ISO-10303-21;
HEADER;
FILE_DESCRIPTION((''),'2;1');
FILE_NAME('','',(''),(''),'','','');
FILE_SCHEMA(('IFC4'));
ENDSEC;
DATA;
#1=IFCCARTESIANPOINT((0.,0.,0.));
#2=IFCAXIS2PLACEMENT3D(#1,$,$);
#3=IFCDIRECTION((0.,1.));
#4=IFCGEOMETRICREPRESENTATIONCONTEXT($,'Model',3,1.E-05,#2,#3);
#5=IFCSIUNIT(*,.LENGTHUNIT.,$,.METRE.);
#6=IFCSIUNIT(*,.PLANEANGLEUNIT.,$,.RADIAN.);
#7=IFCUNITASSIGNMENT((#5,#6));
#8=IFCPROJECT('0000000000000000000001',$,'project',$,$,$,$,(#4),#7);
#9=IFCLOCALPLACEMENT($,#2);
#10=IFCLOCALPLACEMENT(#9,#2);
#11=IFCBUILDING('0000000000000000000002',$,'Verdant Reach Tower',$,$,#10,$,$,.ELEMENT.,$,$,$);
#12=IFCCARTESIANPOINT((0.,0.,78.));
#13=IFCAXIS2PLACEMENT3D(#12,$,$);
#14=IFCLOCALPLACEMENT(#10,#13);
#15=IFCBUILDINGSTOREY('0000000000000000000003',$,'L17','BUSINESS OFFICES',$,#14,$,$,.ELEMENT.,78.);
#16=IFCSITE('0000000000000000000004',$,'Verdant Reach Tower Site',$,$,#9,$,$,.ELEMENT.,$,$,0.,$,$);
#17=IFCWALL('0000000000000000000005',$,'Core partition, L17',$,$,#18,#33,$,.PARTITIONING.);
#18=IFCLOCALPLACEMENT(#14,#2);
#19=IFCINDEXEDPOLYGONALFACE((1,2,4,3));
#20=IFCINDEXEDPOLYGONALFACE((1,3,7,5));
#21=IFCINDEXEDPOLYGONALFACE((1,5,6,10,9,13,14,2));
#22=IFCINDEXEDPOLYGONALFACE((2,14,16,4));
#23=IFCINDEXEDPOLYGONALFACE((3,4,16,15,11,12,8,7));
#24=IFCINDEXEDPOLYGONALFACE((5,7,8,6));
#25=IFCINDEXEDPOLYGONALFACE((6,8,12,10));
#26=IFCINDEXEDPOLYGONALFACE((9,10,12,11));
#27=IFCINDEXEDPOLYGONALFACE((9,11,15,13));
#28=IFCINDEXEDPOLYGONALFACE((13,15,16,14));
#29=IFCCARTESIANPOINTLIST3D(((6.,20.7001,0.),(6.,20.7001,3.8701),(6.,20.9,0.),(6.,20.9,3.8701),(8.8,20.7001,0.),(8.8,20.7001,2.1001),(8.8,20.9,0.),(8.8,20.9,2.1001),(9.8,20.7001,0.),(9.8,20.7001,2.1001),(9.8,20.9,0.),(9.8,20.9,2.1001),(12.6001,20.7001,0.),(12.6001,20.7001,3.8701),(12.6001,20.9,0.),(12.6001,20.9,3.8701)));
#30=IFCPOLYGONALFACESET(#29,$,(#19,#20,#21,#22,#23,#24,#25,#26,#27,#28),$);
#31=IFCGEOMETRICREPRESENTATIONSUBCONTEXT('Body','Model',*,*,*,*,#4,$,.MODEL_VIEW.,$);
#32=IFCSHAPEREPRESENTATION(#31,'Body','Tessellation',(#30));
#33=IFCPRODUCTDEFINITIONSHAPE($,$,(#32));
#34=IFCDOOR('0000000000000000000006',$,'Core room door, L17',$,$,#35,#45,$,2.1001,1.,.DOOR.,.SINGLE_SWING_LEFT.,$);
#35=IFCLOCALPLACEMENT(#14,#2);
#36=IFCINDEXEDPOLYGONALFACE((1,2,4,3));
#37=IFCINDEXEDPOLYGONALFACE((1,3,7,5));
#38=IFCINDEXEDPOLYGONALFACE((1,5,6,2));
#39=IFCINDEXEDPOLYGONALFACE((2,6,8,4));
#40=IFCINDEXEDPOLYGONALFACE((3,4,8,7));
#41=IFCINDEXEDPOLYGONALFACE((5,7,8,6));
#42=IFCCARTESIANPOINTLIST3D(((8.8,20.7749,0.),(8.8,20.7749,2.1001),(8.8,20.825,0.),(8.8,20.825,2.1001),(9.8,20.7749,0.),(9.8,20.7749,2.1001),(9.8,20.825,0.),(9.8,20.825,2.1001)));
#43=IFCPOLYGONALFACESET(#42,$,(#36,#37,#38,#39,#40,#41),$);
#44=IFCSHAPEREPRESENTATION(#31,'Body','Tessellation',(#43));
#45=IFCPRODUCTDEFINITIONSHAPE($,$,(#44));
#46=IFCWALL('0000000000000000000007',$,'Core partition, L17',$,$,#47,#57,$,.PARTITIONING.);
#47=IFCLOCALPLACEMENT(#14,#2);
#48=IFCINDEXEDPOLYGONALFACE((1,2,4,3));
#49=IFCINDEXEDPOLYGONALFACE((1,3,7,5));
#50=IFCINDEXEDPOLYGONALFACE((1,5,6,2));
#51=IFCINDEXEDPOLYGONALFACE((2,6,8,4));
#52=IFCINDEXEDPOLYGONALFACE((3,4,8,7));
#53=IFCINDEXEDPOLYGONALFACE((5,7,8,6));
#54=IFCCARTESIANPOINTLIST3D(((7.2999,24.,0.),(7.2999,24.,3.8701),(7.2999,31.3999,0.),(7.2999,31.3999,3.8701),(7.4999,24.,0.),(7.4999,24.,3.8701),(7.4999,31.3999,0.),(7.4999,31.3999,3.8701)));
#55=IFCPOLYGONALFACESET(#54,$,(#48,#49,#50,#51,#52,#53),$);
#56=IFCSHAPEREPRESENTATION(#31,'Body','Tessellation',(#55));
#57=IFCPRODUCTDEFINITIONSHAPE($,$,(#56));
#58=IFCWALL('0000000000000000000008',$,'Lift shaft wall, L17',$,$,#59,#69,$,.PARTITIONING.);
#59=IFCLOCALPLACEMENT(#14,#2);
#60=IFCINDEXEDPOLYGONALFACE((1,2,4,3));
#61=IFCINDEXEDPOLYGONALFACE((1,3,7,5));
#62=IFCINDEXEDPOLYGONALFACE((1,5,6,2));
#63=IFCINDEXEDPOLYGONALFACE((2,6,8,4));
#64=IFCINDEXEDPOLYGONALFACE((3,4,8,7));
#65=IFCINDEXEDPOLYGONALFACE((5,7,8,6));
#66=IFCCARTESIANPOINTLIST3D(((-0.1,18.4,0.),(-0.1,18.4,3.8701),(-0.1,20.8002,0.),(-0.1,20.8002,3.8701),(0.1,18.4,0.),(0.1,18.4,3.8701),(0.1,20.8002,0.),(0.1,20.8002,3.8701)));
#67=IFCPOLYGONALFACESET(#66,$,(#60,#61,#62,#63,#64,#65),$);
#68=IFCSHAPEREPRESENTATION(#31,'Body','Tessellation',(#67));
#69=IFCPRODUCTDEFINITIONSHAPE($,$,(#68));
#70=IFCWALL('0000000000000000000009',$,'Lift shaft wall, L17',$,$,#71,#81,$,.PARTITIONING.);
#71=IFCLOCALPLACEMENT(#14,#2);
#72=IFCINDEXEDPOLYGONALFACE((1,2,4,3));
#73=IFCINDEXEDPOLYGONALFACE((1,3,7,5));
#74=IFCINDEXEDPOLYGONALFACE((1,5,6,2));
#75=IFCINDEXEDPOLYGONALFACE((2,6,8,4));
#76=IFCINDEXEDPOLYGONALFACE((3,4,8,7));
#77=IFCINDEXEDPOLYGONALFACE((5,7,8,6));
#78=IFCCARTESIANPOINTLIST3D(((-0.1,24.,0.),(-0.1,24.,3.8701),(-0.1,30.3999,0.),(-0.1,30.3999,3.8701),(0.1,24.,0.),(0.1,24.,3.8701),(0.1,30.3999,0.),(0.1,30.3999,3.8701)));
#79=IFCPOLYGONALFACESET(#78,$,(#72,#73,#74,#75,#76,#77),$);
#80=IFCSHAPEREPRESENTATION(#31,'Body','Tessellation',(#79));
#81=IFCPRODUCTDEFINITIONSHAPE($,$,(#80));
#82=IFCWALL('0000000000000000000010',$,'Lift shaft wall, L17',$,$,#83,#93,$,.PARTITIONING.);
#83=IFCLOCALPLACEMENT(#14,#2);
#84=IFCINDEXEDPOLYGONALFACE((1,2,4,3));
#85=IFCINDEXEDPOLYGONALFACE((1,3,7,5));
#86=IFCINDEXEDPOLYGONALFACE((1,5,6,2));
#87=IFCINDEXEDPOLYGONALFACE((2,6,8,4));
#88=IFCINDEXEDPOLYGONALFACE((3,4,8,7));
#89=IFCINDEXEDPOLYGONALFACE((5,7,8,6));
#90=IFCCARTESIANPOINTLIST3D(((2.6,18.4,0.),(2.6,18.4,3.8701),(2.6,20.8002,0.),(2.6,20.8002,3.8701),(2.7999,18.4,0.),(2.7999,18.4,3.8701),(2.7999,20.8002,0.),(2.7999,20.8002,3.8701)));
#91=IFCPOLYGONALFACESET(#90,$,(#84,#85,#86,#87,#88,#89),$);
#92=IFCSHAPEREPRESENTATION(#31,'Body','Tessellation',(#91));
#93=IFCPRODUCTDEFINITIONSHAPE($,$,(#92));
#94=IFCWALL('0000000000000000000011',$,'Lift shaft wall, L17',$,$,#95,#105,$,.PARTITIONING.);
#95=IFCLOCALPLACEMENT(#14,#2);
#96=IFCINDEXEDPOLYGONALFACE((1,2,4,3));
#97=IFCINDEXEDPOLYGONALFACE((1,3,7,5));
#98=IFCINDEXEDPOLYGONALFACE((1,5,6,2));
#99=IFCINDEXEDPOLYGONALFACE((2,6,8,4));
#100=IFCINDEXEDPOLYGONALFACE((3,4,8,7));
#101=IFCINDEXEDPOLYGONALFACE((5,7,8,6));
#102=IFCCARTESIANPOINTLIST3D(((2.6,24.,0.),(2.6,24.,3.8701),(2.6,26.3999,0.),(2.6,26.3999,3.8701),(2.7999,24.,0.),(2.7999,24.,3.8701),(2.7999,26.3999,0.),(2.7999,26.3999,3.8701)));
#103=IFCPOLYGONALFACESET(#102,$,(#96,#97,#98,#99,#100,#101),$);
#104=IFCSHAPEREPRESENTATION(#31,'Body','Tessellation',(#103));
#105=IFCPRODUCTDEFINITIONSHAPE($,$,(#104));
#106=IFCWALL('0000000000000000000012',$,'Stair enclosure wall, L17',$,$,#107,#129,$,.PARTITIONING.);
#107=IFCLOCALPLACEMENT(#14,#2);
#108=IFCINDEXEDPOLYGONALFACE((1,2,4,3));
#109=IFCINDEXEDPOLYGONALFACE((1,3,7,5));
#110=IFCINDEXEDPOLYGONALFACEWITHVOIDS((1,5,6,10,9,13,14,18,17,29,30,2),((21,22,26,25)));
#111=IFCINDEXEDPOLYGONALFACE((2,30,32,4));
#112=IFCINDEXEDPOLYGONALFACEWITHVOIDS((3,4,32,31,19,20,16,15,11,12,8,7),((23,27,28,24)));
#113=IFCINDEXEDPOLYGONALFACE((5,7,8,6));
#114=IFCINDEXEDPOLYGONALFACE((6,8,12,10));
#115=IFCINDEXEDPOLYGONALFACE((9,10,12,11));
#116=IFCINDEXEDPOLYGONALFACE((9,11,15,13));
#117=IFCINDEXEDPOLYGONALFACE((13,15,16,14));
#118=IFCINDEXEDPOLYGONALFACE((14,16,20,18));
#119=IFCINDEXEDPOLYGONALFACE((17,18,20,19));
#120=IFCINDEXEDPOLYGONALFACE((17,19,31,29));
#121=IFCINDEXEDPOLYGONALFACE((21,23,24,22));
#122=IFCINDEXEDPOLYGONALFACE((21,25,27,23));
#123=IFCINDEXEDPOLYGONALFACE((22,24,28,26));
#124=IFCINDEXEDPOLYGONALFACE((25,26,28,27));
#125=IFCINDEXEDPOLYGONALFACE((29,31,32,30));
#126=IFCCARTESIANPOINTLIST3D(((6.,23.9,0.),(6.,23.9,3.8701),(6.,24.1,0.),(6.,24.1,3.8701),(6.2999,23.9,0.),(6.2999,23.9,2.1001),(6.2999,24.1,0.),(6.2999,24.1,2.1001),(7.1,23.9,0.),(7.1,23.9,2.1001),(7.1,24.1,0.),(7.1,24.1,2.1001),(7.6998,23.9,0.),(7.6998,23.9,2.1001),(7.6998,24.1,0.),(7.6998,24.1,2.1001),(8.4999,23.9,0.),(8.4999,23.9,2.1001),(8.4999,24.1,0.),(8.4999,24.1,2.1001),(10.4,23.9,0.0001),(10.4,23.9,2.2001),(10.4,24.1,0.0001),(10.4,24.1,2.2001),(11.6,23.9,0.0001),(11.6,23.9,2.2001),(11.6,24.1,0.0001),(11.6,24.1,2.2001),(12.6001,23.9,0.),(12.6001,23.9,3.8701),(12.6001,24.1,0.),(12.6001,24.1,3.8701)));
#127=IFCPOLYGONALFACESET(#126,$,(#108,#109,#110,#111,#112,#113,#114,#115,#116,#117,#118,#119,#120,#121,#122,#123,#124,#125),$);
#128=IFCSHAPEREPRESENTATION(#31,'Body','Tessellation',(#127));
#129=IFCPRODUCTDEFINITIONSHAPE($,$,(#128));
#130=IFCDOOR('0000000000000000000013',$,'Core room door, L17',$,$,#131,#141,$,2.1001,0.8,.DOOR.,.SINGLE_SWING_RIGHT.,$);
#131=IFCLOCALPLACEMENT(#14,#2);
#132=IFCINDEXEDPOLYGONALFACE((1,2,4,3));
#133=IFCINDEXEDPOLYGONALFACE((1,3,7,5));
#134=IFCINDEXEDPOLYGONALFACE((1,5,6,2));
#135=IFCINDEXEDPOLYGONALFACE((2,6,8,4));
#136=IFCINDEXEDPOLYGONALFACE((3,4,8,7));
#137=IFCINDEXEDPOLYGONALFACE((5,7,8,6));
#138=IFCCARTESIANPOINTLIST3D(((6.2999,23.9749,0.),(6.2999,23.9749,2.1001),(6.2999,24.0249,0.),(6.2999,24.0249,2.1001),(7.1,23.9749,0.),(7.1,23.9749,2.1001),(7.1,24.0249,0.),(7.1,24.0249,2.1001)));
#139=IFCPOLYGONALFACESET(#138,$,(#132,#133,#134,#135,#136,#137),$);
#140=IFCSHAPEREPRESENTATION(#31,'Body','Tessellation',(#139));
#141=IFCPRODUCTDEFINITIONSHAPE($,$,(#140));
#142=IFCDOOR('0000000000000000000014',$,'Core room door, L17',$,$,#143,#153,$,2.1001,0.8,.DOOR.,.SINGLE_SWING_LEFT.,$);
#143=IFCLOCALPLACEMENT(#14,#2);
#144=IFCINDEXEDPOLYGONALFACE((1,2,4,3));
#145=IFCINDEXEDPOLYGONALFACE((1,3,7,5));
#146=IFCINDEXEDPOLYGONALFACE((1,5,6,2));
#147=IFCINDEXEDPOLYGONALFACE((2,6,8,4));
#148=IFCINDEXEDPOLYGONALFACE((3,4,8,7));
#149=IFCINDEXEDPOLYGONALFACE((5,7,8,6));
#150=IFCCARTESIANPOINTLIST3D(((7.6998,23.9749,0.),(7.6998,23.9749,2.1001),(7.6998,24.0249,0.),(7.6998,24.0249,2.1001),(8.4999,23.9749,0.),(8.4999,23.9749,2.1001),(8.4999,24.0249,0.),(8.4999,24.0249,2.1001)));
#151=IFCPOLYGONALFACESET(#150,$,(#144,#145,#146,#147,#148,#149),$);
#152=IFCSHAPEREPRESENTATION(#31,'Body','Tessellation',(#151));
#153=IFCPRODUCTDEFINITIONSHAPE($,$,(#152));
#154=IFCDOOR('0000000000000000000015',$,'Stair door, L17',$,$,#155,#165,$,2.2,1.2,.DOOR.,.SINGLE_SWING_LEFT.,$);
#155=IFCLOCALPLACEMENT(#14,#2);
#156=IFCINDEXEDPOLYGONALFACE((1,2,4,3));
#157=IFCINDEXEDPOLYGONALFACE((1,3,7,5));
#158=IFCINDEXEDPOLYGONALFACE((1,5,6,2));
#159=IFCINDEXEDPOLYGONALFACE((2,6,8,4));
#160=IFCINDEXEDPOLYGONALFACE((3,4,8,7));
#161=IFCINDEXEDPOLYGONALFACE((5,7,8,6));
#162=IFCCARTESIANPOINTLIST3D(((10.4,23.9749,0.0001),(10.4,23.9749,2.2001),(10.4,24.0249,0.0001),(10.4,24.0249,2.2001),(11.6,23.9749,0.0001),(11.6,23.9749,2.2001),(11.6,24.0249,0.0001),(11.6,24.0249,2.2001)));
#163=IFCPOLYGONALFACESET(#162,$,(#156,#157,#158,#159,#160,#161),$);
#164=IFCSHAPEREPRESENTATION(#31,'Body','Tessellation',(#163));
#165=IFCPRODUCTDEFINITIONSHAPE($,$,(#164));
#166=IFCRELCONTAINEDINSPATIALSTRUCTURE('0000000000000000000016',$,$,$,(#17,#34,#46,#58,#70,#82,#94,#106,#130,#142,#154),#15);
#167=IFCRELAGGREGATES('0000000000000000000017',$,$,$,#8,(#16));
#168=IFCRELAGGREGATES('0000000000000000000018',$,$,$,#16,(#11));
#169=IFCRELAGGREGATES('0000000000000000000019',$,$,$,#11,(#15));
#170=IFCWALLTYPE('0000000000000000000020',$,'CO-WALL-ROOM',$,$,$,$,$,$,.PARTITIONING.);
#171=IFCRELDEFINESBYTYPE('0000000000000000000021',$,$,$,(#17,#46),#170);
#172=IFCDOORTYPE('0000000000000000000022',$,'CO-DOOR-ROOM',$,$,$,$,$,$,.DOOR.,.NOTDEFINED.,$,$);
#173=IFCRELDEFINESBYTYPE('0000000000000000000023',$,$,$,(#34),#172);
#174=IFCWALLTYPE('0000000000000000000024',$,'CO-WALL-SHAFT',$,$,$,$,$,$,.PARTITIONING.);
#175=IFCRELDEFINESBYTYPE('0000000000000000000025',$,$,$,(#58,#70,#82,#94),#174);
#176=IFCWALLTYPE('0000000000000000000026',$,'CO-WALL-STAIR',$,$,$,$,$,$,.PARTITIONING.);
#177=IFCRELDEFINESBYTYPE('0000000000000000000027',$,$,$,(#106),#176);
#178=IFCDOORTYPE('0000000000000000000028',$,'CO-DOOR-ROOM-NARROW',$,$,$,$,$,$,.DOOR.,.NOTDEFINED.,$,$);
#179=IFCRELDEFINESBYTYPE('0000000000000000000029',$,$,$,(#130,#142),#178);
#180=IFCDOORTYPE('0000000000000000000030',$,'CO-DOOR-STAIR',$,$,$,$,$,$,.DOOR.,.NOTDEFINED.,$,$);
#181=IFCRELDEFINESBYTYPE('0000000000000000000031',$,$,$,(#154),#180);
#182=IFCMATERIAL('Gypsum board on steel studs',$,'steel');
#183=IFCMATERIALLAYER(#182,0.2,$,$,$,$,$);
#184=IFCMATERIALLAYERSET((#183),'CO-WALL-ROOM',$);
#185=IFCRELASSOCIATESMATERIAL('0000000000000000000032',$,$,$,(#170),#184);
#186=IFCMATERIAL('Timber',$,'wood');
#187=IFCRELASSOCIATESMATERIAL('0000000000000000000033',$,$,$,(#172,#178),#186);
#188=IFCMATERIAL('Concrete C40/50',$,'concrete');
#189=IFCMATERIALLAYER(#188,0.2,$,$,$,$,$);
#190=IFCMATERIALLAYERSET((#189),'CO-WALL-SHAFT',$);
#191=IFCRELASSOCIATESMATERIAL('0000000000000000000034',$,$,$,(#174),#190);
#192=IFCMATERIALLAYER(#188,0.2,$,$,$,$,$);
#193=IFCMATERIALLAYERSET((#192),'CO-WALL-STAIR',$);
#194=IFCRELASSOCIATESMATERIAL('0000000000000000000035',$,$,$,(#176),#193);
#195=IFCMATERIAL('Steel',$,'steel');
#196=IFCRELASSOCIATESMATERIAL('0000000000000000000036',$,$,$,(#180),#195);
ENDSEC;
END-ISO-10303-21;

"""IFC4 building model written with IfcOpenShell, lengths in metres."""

from ifc_helpers import new_model, si_unit, direction, frame, frame_2d, origin, place, context, subcontext, project, spatial, rectangle, extrude, material, layer, layer_set, type_object, element, fill, save


model = new_model("IFC4")

# Units and contexts
model_context = context("Model", 3, precision=1e-05, world=origin(), true_north=direction((0.0, 1.0)))
body_context = subcontext(model_context, "Body", "Model", "MODEL_VIEW")
ifc_project = project(units=[si_unit("LENGTHUNIT", "METRE"), si_unit("PLANEANGLEUNIT", "RADIAN")], contexts=[model_context])

# Site, building, storey
site_placement = place(None, origin())
site = spatial("IfcSite", under=ifc_project, at=site_placement, Name="Verdant Reach Tower Site", CompositionType="ELEMENT", RefElevation=0.0)
building_placement = place(site_placement, origin())
building = spatial("IfcBuilding", under=site, at=building_placement, Name="Verdant Reach Tower", CompositionType="ELEMENT")
storey_placement = place(building_placement, frame((0.0, 0.0, 78.0)))
storey = spatial("IfcBuildingStorey", under=building, at=storey_placement, Name="L17", Description="BUSINESS OFFICES", CompositionType="ELEMENT", Elevation=78.0)

# Wall, opening, door
ifc_material_1 = material(Name="Gypsum board on steel studs", Category="steel")
ifc_layer_1 = layer(ifc_material_1, 0.2)
ifc_layer_set_1 = layer_set([ifc_layer_1], Name="CO-WALL-ROOM")
wall_type_1 = type_object("IfcWallType", Name="CO-WALL-ROOM", PredefinedType="PARTITIONING", material=ifc_layer_set_1)
wall_1_placement = place(storey_placement, frame((6.0, 20.8, 0.0), z_axis=(0.0, 0.0, 1.0), x_axis=(1.0, 0.0, 0.0)))
wall_1 = element("IfcWall", 1, at=wall_1_placement, inside=storey, type_object=wall_type_1, Name="Core partition, L17", PredefinedType="PARTITIONING", context=body_context, shape_type="SweptSolid", body=[
    extrude(rectangle(XDim=6.6001, YDim=0.2, at=frame_2d((3.3, 0.0))), origin(), (0.0, 0.0, 1.0), 3.8701),
])
opening_1_placement = place(wall_1_placement, frame((2.8, 0.0, 0.0)))
opening_1 = element("IfcOpeningElement", 2, at=opening_1_placement, cuts=wall_1, PredefinedType="OPENING", context=body_context, shape_type="SweptSolid", body=[
    extrude(rectangle(XDim=1.0, YDim=2.1001, at=frame_2d((0.5, 1.05))), frame((0.0, 0.1099, 0.0), z_axis=(0.0, -1.0, 0.0), x_axis=(1.0, 0.0, 0.0)), (0.0, 0.0, 1.0), 0.22),
])
ifc_material_2 = material(Name="Timber", Category="wood")
door_type_1 = type_object("IfcDoorType", Name="CO-DOOR-ROOM", OperationType="NOTDEFINED", PredefinedType="DOOR", material=ifc_material_2)
door_1_placement = place(opening_1_placement, origin())
door_1 = element("IfcDoor", 3, at=door_1_placement, inside=storey, type_object=door_type_1, Name="Core room door, L17", OperationType="SINGLE_SWING_LEFT", OverallHeight=2.1001, OverallWidth=1.0, PredefinedType="DOOR", context=body_context, shape_type="SweptSolid", body=[
    extrude(rectangle(XDim=1.0, YDim=2.1001, at=frame_2d((0.5, 1.05))), frame((0.0, 0.0249, 0.0), z_axis=(0.0, -1.0, 0.0), x_axis=(1.0, 0.0, 0.0)), (0.0, 0.0, 1.0), 0.05),
])
fill(opening_1, door_1)

# Walls
wall_2_placement = place(storey_placement, frame((7.3999, 24.0, 0.0), z_axis=(0.0, 0.0, 1.0), x_axis=(0.0, 1.0, 0.0)))
element("IfcWall", 4, at=wall_2_placement, inside=storey, type_object=wall_type_1, Name="Core partition, L17", PredefinedType="PARTITIONING", context=body_context, shape_type="SweptSolid", body=[
    extrude(rectangle(XDim=7.3999, YDim=0.2, at=frame_2d((3.7, 0.0))), origin(), (0.0, 0.0, 1.0), 3.8701),
])
ifc_material_3 = material(Name="Concrete C40/50", Category="concrete")
ifc_layer_2 = layer(ifc_material_3, 0.2)
ifc_layer_set_2 = layer_set([ifc_layer_2], Name="CO-WALL-SHAFT")
wall_type_2 = type_object("IfcWallType", Name="CO-WALL-SHAFT", PredefinedType="PARTITIONING", material=ifc_layer_set_2)
wall_3_placement = place(storey_placement, frame((0.0, 18.3999, 0.0), z_axis=(0.0, 0.0, 1.0), x_axis=(0.0, 1.0, 0.0)))
element("IfcWall", 5, at=wall_3_placement, inside=storey, type_object=wall_type_2, Name="Lift shaft wall, L17", PredefinedType="PARTITIONING", context=body_context, shape_type="SweptSolid", body=[
    extrude(rectangle(XDim=2.4001, YDim=0.2, at=frame_2d((1.2002, 0.0))), origin(), (0.0, 0.0, 1.0), 3.8701),
])
wall_4_placement = place(storey_placement, frame((0.0, 24.0, 0.0), z_axis=(0.0, 0.0, 1.0), x_axis=(0.0, 1.0, 0.0)))
element("IfcWall", 6, at=wall_4_placement, inside=storey, type_object=wall_type_2, Name="Lift shaft wall, L17", PredefinedType="PARTITIONING", context=body_context, shape_type="SweptSolid", body=[
    extrude(rectangle(XDim=6.3999, YDim=0.2, at=frame_2d((3.2, 0.0))), origin(), (0.0, 0.0, 1.0), 3.8701),
])
wall_5_placement = place(storey_placement, frame((2.7, 18.3999, 0.0), z_axis=(0.0, 0.0, 1.0), x_axis=(0.0, 1.0, 0.0)))
element("IfcWall", 7, at=wall_5_placement, inside=storey, type_object=wall_type_2, Name="Lift shaft wall, L17", PredefinedType="PARTITIONING", context=body_context, shape_type="SweptSolid", body=[
    extrude(rectangle(XDim=2.4001, YDim=0.2, at=frame_2d((1.2002, 0.0))), origin(), (0.0, 0.0, 1.0), 3.8701),
])
wall_6_placement = place(storey_placement, frame((2.7, 24.0, 0.0), z_axis=(0.0, 0.0, 1.0), x_axis=(0.0, 1.0, 0.0)))
element("IfcWall", 8, at=wall_6_placement, inside=storey, type_object=wall_type_2, Name="Lift shaft wall, L17", PredefinedType="PARTITIONING", context=body_context, shape_type="SweptSolid", body=[
    extrude(rectangle(XDim=2.3999, YDim=0.2, at=frame_2d((1.2, 0.0))), origin(), (0.0, 0.0, 1.0), 3.8701),
])

# Wall, openings, doors
ifc_layer_3 = layer(ifc_material_3, 0.2)
ifc_layer_set_3 = layer_set([ifc_layer_3], Name="CO-WALL-STAIR")
wall_type_3 = type_object("IfcWallType", Name="CO-WALL-STAIR", PredefinedType="PARTITIONING", material=ifc_layer_set_3)
wall_7_placement = place(storey_placement, frame((6.0, 24.0, 0.0), z_axis=(0.0, 0.0, 1.0), x_axis=(1.0, 0.0, 0.0)))
wall_7 = element("IfcWall", 9, at=wall_7_placement, inside=storey, type_object=wall_type_3, Name="Stair enclosure wall, L17", PredefinedType="PARTITIONING", context=body_context, shape_type="SweptSolid", body=[
    extrude(rectangle(XDim=6.6001, YDim=0.2, at=frame_2d((3.3, 0.0))), origin(), (0.0, 0.0, 1.0), 3.8701),
])
opening_2_placement = place(wall_7_placement, frame((0.3, 0.0, 0.0)))
opening_2 = element("IfcOpeningElement", 10, at=opening_2_placement, cuts=wall_7, PredefinedType="OPENING", context=body_context, shape_type="SweptSolid", body=[
    extrude(rectangle(XDim=0.8, YDim=2.1001, at=frame_2d((0.3999, 1.05))), frame((0.0, 0.1099, 0.0), z_axis=(0.0, -1.0, 0.0), x_axis=(1.0, 0.0, 0.0)), (0.0, 0.0, 1.0), 0.22),
])
opening_3_placement = place(wall_7_placement, frame((1.7, 0.0, 0.0)))
opening_3 = element("IfcOpeningElement", 11, at=opening_3_placement, cuts=wall_7, PredefinedType="OPENING", context=body_context, shape_type="SweptSolid", body=[
    extrude(rectangle(XDim=0.8, YDim=2.1001, at=frame_2d((0.3999, 1.05))), frame((0.0, 0.1099, 0.0), z_axis=(0.0, -1.0, 0.0), x_axis=(1.0, 0.0, 0.0)), (0.0, 0.0, 1.0), 0.22),
])
opening_4_placement = place(wall_7_placement, frame((4.3999, 0.0, 0.0)))
opening_4 = element("IfcOpeningElement", 12, at=opening_4_placement, cuts=wall_7, PredefinedType="OPENING", context=body_context, shape_type="SweptSolid", body=[
    extrude(rectangle(XDim=1.2, YDim=2.2, at=frame_2d((0.6001, 1.1001))), frame((0.0, 0.1099, 0.0), z_axis=(0.0, -1.0, 0.0), x_axis=(1.0, 0.0, 0.0)), (0.0, 0.0, 1.0), 0.22),
])
door_type_2 = type_object("IfcDoorType", Name="CO-DOOR-ROOM-NARROW", OperationType="NOTDEFINED", PredefinedType="DOOR", material=ifc_material_2)
door_2_placement = place(opening_2_placement, origin())
door_2 = element("IfcDoor", 13, at=door_2_placement, inside=storey, type_object=door_type_2, Name="Core room door, L17", OperationType="SINGLE_SWING_RIGHT", OverallHeight=2.1001, OverallWidth=0.8, PredefinedType="DOOR", context=body_context, shape_type="SweptSolid", body=[
    extrude(rectangle(XDim=0.8, YDim=2.1001, at=frame_2d((0.3999, 1.05))), frame((0.0, 0.0249, 0.0), z_axis=(0.0, -1.0, 0.0), x_axis=(1.0, 0.0, 0.0)), (0.0, 0.0, 1.0), 0.05),
])
fill(opening_2, door_2)
door_3_placement = place(opening_3_placement, origin())
door_3 = element("IfcDoor", 14, at=door_3_placement, inside=storey, type_object=door_type_2, Name="Core room door, L17", OperationType="SINGLE_SWING_LEFT", OverallHeight=2.1001, OverallWidth=0.8, PredefinedType="DOOR", context=body_context, shape_type="SweptSolid", body=[
    extrude(rectangle(XDim=0.8, YDim=2.1001, at=frame_2d((0.3999, 1.05))), frame((0.0, 0.0249, 0.0), z_axis=(0.0, -1.0, 0.0), x_axis=(1.0, 0.0, 0.0)), (0.0, 0.0, 1.0), 0.05),
])
fill(opening_3, door_3)
ifc_material_4 = material(Name="Steel", Category="steel")
door_type_3 = type_object("IfcDoorType", Name="CO-DOOR-STAIR", OperationType="NOTDEFINED", PredefinedType="DOOR", material=ifc_material_4)
door_4_placement = place(opening_4_placement, origin())
door_4 = element("IfcDoor", 15, at=door_4_placement, inside=storey, type_object=door_type_3, Name="Stair door, L17", OperationType="SINGLE_SWING_LEFT", OverallHeight=2.2, OverallWidth=1.2, PredefinedType="DOOR", context=body_context, shape_type="SweptSolid", body=[
    extrude(rectangle(XDim=1.2, YDim=2.2, at=frame_2d((0.6001, 1.1001))), frame((0.0, 0.0249, 0.0), z_axis=(0.0, -1.0, 0.0), x_axis=(1.0, 0.0, 0.0)), (0.0, 0.0, 1.0), 0.05),
])
fill(opening_4, door_4)

save(model, "model.ifc")
